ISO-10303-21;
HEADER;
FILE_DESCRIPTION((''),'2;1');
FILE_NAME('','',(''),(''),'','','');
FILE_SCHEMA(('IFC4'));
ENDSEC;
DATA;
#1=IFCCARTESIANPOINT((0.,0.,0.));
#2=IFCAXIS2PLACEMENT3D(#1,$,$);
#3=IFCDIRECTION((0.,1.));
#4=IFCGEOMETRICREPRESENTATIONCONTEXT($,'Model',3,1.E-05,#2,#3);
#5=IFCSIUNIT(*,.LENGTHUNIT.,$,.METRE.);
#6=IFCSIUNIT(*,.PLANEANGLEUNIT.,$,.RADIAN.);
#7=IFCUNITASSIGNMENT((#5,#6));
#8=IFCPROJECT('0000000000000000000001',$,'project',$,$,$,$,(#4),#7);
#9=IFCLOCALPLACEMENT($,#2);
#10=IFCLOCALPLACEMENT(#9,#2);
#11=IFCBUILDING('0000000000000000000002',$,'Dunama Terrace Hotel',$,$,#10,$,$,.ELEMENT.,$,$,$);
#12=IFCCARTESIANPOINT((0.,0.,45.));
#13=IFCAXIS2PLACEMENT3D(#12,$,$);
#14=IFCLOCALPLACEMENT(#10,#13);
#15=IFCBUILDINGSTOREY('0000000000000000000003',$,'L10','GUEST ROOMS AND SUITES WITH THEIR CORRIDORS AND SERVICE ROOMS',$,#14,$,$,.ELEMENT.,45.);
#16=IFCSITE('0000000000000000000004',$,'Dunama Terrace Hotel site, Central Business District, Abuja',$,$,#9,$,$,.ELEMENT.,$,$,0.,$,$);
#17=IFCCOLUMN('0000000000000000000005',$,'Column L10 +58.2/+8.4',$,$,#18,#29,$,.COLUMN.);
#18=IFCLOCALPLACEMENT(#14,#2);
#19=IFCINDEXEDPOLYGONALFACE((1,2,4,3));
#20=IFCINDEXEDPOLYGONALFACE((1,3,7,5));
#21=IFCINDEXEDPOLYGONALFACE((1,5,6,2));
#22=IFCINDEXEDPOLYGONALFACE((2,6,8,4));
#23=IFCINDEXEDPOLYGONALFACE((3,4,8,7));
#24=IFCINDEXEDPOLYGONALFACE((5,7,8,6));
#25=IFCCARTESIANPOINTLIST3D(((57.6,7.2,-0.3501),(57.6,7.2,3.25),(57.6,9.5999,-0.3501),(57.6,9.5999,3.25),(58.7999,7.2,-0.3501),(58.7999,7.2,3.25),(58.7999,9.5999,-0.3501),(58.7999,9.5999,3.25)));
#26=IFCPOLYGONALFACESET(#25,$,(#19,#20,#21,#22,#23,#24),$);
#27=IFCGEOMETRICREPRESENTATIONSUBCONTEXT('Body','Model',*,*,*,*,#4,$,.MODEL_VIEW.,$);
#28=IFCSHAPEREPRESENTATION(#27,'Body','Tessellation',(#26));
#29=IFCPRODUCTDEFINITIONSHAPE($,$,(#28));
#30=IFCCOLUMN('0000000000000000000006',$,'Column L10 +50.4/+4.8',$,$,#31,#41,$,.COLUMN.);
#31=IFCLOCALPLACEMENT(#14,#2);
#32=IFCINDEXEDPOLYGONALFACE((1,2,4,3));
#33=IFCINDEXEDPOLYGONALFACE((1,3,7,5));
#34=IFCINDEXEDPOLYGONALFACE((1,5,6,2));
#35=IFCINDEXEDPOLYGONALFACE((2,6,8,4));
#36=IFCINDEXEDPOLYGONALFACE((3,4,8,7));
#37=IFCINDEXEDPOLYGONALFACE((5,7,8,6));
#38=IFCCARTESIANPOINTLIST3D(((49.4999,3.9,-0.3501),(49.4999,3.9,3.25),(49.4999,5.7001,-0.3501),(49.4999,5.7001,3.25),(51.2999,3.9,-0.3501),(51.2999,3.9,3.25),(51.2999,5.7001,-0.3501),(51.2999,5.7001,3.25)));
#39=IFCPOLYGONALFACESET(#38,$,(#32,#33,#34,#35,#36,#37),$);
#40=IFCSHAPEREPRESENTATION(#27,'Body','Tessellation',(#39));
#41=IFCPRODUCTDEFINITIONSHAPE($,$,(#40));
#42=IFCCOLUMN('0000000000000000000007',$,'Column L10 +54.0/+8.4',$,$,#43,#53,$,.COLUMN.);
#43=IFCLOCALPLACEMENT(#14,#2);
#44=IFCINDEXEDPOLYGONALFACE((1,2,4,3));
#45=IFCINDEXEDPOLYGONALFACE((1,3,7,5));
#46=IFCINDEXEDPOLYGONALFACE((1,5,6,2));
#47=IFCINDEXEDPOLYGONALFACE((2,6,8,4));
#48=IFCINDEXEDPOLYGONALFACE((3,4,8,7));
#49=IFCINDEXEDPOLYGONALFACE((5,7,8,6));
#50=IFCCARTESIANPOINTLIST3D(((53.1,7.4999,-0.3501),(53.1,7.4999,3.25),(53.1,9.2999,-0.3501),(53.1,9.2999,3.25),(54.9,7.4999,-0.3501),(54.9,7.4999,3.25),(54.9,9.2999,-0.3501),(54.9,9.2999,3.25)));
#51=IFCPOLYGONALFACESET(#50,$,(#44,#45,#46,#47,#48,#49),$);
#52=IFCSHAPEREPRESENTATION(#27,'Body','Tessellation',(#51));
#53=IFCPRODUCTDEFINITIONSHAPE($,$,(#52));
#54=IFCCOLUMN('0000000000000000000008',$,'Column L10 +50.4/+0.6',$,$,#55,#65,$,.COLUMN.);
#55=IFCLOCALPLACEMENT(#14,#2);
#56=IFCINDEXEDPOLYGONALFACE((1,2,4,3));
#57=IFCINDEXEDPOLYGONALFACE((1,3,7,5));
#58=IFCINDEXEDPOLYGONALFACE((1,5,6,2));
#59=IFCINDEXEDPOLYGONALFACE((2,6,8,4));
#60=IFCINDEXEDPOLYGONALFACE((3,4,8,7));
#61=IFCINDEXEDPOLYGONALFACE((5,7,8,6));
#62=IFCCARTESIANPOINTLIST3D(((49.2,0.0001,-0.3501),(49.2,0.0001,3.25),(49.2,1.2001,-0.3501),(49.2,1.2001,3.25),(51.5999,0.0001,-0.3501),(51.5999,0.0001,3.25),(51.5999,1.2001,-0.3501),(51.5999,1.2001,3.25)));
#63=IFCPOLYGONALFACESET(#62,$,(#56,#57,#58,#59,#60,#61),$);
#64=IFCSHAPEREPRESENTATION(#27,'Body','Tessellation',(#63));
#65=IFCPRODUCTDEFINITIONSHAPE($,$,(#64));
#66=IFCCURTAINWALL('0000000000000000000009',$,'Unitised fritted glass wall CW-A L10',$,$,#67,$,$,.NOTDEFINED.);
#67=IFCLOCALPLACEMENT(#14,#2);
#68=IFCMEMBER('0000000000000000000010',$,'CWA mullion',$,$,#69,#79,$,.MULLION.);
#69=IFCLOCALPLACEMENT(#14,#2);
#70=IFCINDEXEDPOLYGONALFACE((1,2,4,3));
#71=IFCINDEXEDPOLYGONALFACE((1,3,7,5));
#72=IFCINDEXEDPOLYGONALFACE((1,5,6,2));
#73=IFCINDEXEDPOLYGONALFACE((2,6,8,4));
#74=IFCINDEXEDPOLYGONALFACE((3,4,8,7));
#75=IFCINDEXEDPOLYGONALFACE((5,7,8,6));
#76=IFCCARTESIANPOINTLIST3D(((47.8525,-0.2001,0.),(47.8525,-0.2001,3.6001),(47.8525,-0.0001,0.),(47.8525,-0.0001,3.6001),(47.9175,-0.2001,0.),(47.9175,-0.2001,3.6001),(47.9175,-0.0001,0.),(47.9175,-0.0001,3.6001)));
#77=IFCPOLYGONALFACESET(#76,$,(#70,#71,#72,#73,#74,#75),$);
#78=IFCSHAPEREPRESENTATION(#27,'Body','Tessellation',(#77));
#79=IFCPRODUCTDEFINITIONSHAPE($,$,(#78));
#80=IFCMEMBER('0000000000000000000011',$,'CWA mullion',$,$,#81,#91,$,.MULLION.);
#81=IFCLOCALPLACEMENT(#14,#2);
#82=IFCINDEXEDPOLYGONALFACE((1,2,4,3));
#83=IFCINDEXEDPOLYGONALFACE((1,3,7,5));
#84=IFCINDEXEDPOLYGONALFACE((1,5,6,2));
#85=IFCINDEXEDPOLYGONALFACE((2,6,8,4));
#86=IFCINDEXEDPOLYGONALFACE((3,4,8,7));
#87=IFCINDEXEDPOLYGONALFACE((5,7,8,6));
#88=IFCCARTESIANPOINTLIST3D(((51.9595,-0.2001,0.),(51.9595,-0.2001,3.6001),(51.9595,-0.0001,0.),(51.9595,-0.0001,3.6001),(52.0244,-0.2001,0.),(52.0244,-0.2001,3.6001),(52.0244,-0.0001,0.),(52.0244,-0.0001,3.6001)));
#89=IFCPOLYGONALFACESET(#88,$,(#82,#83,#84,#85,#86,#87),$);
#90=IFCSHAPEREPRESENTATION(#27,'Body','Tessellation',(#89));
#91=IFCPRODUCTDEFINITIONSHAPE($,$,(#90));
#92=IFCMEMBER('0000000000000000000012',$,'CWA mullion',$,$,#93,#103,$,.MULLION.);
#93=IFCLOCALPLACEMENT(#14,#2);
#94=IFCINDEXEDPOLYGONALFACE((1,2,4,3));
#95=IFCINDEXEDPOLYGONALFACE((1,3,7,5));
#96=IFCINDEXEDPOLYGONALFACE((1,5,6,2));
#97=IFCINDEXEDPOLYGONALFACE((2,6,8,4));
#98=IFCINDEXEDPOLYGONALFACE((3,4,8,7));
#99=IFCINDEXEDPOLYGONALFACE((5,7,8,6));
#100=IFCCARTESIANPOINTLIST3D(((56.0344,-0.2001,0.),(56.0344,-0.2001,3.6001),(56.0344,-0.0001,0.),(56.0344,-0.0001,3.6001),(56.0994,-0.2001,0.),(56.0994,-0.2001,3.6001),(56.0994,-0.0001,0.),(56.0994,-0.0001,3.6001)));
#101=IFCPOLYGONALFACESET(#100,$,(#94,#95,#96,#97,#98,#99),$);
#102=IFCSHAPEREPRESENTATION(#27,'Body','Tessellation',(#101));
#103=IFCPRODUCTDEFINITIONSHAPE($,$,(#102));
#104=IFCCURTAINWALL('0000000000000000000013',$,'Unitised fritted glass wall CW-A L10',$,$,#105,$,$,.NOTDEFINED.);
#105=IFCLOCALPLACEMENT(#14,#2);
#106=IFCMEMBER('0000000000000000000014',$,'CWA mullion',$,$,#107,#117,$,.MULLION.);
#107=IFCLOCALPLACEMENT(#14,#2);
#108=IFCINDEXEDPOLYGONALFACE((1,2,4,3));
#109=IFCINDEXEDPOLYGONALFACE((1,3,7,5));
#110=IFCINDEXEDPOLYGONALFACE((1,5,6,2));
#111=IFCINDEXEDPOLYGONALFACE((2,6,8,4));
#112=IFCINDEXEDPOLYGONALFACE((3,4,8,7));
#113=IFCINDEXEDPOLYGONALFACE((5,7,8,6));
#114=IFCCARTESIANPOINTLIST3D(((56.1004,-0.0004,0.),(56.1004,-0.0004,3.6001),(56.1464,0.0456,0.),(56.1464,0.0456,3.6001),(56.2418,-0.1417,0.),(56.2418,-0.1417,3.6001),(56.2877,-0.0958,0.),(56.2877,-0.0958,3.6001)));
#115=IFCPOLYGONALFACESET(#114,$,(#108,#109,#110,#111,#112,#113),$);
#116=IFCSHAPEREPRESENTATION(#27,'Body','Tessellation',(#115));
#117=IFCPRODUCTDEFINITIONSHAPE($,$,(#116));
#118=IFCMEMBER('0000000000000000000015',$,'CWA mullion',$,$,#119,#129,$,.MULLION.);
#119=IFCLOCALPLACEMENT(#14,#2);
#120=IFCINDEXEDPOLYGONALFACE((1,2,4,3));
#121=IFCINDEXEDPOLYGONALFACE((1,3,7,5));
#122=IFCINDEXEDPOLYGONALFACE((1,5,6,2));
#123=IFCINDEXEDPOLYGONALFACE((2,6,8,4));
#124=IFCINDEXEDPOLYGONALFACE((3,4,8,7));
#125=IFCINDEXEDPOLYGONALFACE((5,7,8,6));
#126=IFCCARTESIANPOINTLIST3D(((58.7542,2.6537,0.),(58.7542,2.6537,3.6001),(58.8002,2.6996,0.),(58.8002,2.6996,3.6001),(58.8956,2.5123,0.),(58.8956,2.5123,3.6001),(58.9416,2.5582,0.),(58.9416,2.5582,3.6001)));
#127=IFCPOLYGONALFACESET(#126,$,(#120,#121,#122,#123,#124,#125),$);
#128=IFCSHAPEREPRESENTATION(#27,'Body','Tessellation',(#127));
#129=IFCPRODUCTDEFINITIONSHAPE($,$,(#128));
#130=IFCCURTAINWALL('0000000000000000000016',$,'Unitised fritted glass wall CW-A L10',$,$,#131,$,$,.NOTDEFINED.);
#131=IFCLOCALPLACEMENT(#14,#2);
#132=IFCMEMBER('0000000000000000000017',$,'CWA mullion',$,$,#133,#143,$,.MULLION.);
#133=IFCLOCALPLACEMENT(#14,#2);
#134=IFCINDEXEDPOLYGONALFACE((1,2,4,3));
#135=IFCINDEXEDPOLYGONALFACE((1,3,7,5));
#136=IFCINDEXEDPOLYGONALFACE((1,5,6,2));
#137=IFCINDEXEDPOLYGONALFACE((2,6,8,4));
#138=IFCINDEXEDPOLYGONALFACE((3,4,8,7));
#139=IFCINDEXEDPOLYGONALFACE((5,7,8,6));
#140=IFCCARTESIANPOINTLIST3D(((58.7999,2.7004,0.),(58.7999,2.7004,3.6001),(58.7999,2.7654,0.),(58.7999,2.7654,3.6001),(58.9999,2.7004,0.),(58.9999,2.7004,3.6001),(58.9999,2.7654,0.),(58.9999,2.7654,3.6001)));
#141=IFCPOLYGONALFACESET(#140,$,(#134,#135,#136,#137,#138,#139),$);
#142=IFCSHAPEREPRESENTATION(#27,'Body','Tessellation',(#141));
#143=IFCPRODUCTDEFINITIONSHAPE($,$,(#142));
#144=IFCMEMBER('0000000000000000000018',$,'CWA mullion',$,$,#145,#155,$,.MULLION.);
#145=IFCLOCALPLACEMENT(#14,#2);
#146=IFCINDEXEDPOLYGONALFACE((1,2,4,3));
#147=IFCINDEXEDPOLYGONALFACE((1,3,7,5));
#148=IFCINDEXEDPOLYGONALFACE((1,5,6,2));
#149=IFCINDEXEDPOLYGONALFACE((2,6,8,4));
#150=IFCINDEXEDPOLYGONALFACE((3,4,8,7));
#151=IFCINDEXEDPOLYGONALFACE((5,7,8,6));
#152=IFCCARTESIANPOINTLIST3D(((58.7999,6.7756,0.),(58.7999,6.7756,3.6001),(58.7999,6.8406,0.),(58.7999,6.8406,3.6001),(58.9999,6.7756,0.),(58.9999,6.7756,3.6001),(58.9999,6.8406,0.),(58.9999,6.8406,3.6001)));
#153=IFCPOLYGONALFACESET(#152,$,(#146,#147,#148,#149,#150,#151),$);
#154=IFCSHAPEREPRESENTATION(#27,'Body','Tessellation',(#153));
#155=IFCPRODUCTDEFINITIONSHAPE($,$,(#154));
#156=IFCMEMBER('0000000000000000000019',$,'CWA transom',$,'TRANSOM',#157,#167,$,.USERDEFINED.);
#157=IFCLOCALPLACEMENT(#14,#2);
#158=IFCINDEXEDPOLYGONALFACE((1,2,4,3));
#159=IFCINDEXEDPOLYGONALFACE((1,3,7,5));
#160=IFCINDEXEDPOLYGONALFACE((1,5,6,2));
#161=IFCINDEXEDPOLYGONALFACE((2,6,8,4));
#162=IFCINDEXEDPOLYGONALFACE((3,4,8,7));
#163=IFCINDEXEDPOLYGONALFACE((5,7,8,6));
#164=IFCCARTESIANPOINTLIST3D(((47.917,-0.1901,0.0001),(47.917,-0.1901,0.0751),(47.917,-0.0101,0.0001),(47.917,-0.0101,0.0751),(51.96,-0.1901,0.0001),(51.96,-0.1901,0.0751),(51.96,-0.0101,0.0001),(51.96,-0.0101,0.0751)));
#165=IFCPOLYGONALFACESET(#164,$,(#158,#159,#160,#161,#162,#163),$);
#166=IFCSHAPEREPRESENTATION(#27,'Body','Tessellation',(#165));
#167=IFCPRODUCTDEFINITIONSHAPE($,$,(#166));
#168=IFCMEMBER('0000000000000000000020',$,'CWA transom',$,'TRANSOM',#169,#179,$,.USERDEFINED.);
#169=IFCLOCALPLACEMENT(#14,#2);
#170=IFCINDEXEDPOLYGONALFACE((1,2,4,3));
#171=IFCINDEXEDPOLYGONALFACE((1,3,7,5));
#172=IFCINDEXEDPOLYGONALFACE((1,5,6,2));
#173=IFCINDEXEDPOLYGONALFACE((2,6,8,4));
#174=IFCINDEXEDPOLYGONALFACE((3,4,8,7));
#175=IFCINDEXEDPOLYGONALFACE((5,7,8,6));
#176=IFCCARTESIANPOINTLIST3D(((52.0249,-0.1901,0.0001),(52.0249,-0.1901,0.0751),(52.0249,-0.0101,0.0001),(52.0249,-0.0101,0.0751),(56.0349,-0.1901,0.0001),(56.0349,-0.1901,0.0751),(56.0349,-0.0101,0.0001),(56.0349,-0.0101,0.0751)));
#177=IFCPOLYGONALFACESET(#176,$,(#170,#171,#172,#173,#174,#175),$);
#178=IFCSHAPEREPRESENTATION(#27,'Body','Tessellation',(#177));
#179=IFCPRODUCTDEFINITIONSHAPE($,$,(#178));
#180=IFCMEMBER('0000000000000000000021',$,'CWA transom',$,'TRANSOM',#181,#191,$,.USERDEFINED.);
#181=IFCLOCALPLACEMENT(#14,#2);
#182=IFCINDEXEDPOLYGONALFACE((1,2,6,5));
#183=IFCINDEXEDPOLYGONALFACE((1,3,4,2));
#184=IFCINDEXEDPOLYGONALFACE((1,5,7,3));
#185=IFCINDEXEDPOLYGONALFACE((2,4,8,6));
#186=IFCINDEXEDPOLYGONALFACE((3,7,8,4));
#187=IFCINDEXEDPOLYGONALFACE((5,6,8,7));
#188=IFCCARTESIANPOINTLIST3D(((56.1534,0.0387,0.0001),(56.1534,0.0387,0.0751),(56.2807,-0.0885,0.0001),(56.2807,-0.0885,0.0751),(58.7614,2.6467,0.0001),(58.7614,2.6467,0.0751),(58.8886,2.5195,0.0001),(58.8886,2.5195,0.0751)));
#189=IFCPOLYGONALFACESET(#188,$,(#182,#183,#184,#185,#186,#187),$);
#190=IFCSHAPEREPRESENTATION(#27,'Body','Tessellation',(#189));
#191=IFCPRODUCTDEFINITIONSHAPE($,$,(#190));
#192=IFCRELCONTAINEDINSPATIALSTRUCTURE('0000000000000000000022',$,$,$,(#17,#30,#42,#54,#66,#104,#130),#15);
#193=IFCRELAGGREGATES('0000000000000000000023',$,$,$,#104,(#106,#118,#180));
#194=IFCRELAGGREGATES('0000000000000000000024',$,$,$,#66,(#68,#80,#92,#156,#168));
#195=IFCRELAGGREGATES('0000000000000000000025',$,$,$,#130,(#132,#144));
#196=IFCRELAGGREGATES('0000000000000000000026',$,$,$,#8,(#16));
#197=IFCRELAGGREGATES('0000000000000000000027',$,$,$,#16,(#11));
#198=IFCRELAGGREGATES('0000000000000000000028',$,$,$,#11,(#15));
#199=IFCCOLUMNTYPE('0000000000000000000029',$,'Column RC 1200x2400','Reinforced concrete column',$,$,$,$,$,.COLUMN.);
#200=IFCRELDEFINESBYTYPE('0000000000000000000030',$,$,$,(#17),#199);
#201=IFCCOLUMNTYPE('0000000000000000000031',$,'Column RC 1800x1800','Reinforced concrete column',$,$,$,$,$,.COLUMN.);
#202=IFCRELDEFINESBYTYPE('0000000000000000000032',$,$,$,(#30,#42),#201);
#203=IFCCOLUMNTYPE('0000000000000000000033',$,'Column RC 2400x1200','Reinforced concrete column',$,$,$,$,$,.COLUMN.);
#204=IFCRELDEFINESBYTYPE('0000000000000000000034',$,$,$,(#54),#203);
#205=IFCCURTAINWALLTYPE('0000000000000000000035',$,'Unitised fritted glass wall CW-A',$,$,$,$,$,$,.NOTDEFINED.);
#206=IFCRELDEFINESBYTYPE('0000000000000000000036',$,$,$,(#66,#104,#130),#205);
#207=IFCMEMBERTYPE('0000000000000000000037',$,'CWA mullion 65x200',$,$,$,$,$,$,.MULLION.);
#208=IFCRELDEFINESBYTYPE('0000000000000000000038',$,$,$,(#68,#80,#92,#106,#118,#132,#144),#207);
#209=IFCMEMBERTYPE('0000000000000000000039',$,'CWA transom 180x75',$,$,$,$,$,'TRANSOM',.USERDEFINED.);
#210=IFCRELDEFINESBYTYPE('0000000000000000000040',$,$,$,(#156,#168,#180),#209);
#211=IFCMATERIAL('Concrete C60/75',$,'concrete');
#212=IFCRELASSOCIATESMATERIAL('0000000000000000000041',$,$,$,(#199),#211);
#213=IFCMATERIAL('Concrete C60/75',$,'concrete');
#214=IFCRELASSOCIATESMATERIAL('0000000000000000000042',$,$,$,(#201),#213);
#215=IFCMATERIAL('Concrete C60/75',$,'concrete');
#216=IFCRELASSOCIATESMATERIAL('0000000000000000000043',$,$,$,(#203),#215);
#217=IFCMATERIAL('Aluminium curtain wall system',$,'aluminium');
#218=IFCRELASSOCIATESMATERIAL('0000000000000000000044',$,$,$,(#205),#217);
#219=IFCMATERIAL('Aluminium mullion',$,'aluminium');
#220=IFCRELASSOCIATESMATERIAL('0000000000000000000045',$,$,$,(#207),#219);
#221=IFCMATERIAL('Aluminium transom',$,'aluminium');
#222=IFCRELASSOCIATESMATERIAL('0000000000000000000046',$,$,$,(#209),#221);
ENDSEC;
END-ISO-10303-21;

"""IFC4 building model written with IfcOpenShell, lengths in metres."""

from ifc_helpers import new_model, si_unit, direction, frame, origin, origin_2d, place, context, subcontext, project, spatial, rectangle, extrude, material, material_profile, profile_set, type_object, element, aggregate, save


model = new_model("IFC4")

# Units and contexts
model_context = context("Model", 3, precision=1e-05, world=origin(), true_north=direction((0.0, 1.0)))
body_context = subcontext(model_context, "Body", "Model", "MODEL_VIEW")
ifc_project = project(units=[si_unit("LENGTHUNIT", "METRE"), si_unit("PLANEANGLEUNIT", "RADIAN")], contexts=[model_context])

# Site, building, storey
site_placement = place(None, origin())
site = spatial("IfcSite", under=ifc_project, at=site_placement, Name="Dunama Terrace Hotel site, Central Business District, Abuja", CompositionType="ELEMENT", RefElevation=0.0)
building_placement = place(site_placement, origin())
building = spatial("IfcBuilding", under=site, at=building_placement, Name="Dunama Terrace Hotel", CompositionType="ELEMENT")
storey_placement = place(building_placement, frame((0.0, 0.0, 45.0)))
storey = spatial("IfcBuildingStorey", under=building, at=storey_placement, Name="L10", Description="GUEST ROOMS AND SUITES WITH THEIR CORRIDORS AND SERVICE ROOMS", CompositionType="ELEMENT", Elevation=45.0)

# Columns
ifc_material_1 = material(Name="Concrete C60/75", Category="concrete")
ifc_material_profile_1 = material_profile(ifc_material_1, rectangle(XDim=1.2, YDim=2.3999, at=origin_2d()), Name="RC 1200x2400")
ifc_profile_set_1 = profile_set([ifc_material_profile_1], Name="Concrete C60/75")
column_type_1 = type_object("IfcColumnType", Name="Column RC 1200x2400", Description="Reinforced concrete column", PredefinedType="COLUMN", material=ifc_profile_set_1)
column_1_placement = place(storey_placement, frame((58.2, 8.3999, -0.3501), z_axis=(0.0, 0.0, 1.0), x_axis=(1.0, 0.0, 0.0)))
element("IfcColumn", 1, at=column_1_placement, inside=storey, type_object=column_type_1, Name="Column L10 +58.2/+8.4", PredefinedType="COLUMN", context=body_context, shape_type="SweptSolid", body=[
    extrude(rectangle(XDim=1.2, YDim=2.3999, at=origin_2d()), origin(), (0.0, 0.0, 1.0), 3.6001),
])
ifc_material_2 = material(Name="Concrete C60/75", Category="concrete")
ifc_material_profile_2 = material_profile(ifc_material_2, rectangle(XDim=1.8, YDim=1.8, at=origin_2d()), Name="RC 1800x1800")
ifc_profile_set_2 = profile_set([ifc_material_profile_2], Name="Concrete C60/75")
column_type_2 = type_object("IfcColumnType", Name="Column RC 1800x1800", Description="Reinforced concrete column", PredefinedType="COLUMN", material=ifc_profile_set_2)
for number, where, z_axis, x_axis, name in (
    (2, (50.3999, 4.8, -0.3501), (0.0, 0.0, 1.0), (1.0, 0.0, 0.0), "Column L10 +50.4/+4.8"),
    (3, (54.0, 8.3999, -0.3501), (0.0, 0.0, 1.0), (1.0, 0.0, 0.0), "Column L10 +54.0/+8.4"),
):
    element("IfcColumn", number, at=place(storey_placement, frame(where, z_axis=z_axis, x_axis=x_axis)), inside=storey, type_object=column_type_2, Name=name, PredefinedType="COLUMN", context=body_context, shape_type="SweptSolid", body=[
        extrude(rectangle(XDim=1.8, YDim=1.8, at=origin_2d()), origin(), (0.0, 0.0, 1.0), 3.6001),
    ])
ifc_material_3 = material(Name="Concrete C60/75", Category="concrete")
ifc_material_profile_3 = material_profile(ifc_material_3, rectangle(XDim=2.3999, YDim=1.2, at=origin_2d()), Name="RC 2400x1200")
ifc_profile_set_3 = profile_set([ifc_material_profile_3], Name="Concrete C60/75")
column_type_3 = type_object("IfcColumnType", Name="Column RC 2400x1200", Description="Reinforced concrete column", PredefinedType="COLUMN", material=ifc_profile_set_3)
column_2_placement = place(storey_placement, frame((50.3999, 0.6001, -0.3501), z_axis=(0.0, 0.0, 1.0), x_axis=(1.0, 0.0, 0.0)))
element("IfcColumn", 4, at=column_2_placement, inside=storey, type_object=column_type_3, Name="Column L10 +50.4/+0.6", PredefinedType="COLUMN", context=body_context, shape_type="SweptSolid", body=[
    extrude(rectangle(XDim=2.3999, YDim=1.2, at=origin_2d()), origin(), (0.0, 0.0, 1.0), 3.6001),
])

# Curtain walls, members
ifc_material_4 = material(Name="Aluminium curtain wall system", Category="aluminium")
curtain_wall_type = type_object("IfcCurtainWallType", Name="Unitised fritted glass wall CW-A", PredefinedType="NOTDEFINED", material=ifc_material_4)
curtain_wall_1_placement = place(storey_placement, origin())
curtain_wall_1 = element("IfcCurtainWall", 5, at=curtain_wall_1_placement, inside=storey, type_object=curtain_wall_type, Name="Unitised fritted glass wall CW-A L10", PredefinedType="NOTDEFINED")
ifc_material_5 = material(Name="Aluminium mullion", Category="aluminium")
ifc_material_profile_4 = material_profile(ifc_material_5, rectangle(XDim=0.0649, YDim=0.2, at=origin_2d()), Name="CWA MULLION 65X200")
ifc_profile_set_4 = profile_set([ifc_material_profile_4], Name="Aluminium mullion")
member_type_1 = type_object("IfcMemberType", Name="CWA mullion 65x200", PredefinedType="MULLION", material=ifc_profile_set_4)
member_1_placement = place(storey_placement, frame((47.885, -0.1001, 0.0), z_axis=(0.0, 0.0, 1.0), x_axis=(1.0, 0.0, 0.0)))
member_1 = element("IfcMember", 6, at=member_1_placement, type_object=member_type_1, Name="CWA mullion", PredefinedType="MULLION", context=body_context, shape_type="SweptSolid", body=[
    extrude(rectangle(XDim=0.0649, YDim=0.2, at=origin_2d()), origin(), (0.0, 0.0, 1.0), 3.6001),
])
member_2_placement = place(storey_placement, frame((51.9919, -0.1001, 0.0), z_axis=(0.0, 0.0, 1.0), x_axis=(1.0, 0.0, 0.0)))
member_2 = element("IfcMember", 7, at=member_2_placement, type_object=member_type_1, Name="CWA mullion", PredefinedType="MULLION", context=body_context, shape_type="SweptSolid", body=[
    extrude(rectangle(XDim=0.0649, YDim=0.2, at=origin_2d()), origin(), (0.0, 0.0, 1.0), 3.6001),
])
member_3_placement = place(storey_placement, frame((56.0669, -0.1001, 0.0), z_axis=(0.0, 0.0, 1.0), x_axis=(1.0, 0.0, 0.0)))
member_3 = element("IfcMember", 8, at=member_3_placement, type_object=member_type_1, Name="CWA mullion", PredefinedType="MULLION", context=body_context, shape_type="SweptSolid", body=[
    extrude(rectangle(XDim=0.0649, YDim=0.2, at=origin_2d()), origin(), (0.0, 0.0, 1.0), 3.6001),
])
curtain_wall_2_placement = place(storey_placement, origin())
curtain_wall_2 = element("IfcCurtainWall", 9, at=curtain_wall_2_placement, inside=storey, type_object=curtain_wall_type, Name="Unitised fritted glass wall CW-A L10", PredefinedType="NOTDEFINED")
member_4_placement = place(storey_placement, frame((56.1941, -0.0481, 0.0), z_axis=(0.0, 0.0, 1.0), x_axis=(0.707107, 0.707107, 0.0)))
member_4 = element("IfcMember", 10, at=member_4_placement, type_object=member_type_1, Name="CWA mullion", PredefinedType="MULLION", context=body_context, shape_type="SweptSolid", body=[
    extrude(rectangle(XDim=0.0649, YDim=0.2, at=origin_2d()), origin(), (0.0, 0.0, 1.0), 3.6001),
])
member_5_placement = place(storey_placement, frame((58.8479, 2.606, 0.0), z_axis=(0.0, 0.0, 1.0), x_axis=(0.707107, 0.707107, 0.0)))
member_5 = element("IfcMember", 11, at=member_5_placement, type_object=member_type_1, Name="CWA mullion", PredefinedType="MULLION", context=body_context, shape_type="SweptSolid", body=[
    extrude(rectangle(XDim=0.0649, YDim=0.2, at=origin_2d()), origin(), (0.0, 0.0, 1.0), 3.6001),
])
curtain_wall_3_placement = place(storey_placement, origin())
curtain_wall_3 = element("IfcCurtainWall", 12, at=curtain_wall_3_placement, inside=storey, type_object=curtain_wall_type, Name="Unitised fritted glass wall CW-A L10", PredefinedType="NOTDEFINED")
member_6_placement = place(storey_placement, frame((58.8999, 2.7329, 0.0), z_axis=(0.0, 0.0, 1.0), x_axis=(0.0, 1.0, 0.0)))
member_6 = element("IfcMember", 13, at=member_6_placement, type_object=member_type_1, Name="CWA mullion", PredefinedType="MULLION", context=body_context, shape_type="SweptSolid", body=[
    extrude(rectangle(XDim=0.0649, YDim=0.2, at=origin_2d()), origin(), (0.0, 0.0, 1.0), 3.6001),
])
member_7_placement = place(storey_placement, frame((58.8999, 6.8081, 0.0), z_axis=(0.0, 0.0, 1.0), x_axis=(0.0, 1.0, 0.0)))
member_7 = element("IfcMember", 14, at=member_7_placement, type_object=member_type_1, Name="CWA mullion", PredefinedType="MULLION", context=body_context, shape_type="SweptSolid", body=[
    extrude(rectangle(XDim=0.0649, YDim=0.2, at=origin_2d()), origin(), (0.0, 0.0, 1.0), 3.6001),
])

# Members
ifc_material_6 = material(Name="Aluminium transom", Category="aluminium")
ifc_material_profile_5 = material_profile(ifc_material_6, rectangle(XDim=0.1799, YDim=0.075, at=origin_2d()), Name="CWA TRANSOM 180X75")
ifc_profile_set_5 = profile_set([ifc_material_profile_5], Name="Aluminium transom")
member_type_2 = type_object("IfcMemberType", Name="CWA transom 180x75", ElementType="TRANSOM", PredefinedType="USERDEFINED", material=ifc_profile_set_5)
member_8_placement = place(storey_placement, frame((47.917, -0.1001, 0.0376), z_axis=(1.0, 0.0, 0.0), x_axis=(0.0, 1.0, 0.0)))
member_8 = element("IfcMember", 15, at=member_8_placement, type_object=member_type_2, Name="CWA transom", ObjectType="TRANSOM", PredefinedType="USERDEFINED", context=body_context, shape_type="SweptSolid", body=[
    extrude(rectangle(XDim=0.1799, YDim=0.075, at=origin_2d()), origin(), (0.0, 0.0, 1.0), 4.043),
])
member_9_placement = place(storey_placement, frame((52.0249, -0.1001, 0.0376), z_axis=(1.0, 0.0, 0.0), x_axis=(0.0, 1.0, 0.0)))
member_9 = element("IfcMember", 16, at=member_9_placement, type_object=member_type_2, Name="CWA transom", ObjectType="TRANSOM", PredefinedType="USERDEFINED", context=body_context, shape_type="SweptSolid", body=[
    extrude(rectangle(XDim=0.1799, YDim=0.075, at=origin_2d()), origin(), (0.0, 0.0, 1.0), 4.01),
])
member_10_placement = place(storey_placement, frame((56.217, -0.0249, 0.0376), z_axis=(0.707107, 0.707107, 0.0), x_axis=(-0.707107, 0.707107, 0.0)))
member_10 = element("IfcMember", 17, at=member_10_placement, type_object=member_type_2, Name="CWA transom", ObjectType="TRANSOM", PredefinedType="USERDEFINED", context=body_context, shape_type="SweptSolid", body=[
    extrude(rectangle(XDim=0.1799, YDim=0.075, at=origin_2d()), origin(), (0.0, 0.0, 1.0), 3.6882),
])

aggregate(curtain_wall_2, [member_4, member_5, member_10])
aggregate(curtain_wall_1, [member_1, member_2, member_3, member_8, member_9])
aggregate(curtain_wall_3, [member_6, member_7])

save(model, "model.ifc")
